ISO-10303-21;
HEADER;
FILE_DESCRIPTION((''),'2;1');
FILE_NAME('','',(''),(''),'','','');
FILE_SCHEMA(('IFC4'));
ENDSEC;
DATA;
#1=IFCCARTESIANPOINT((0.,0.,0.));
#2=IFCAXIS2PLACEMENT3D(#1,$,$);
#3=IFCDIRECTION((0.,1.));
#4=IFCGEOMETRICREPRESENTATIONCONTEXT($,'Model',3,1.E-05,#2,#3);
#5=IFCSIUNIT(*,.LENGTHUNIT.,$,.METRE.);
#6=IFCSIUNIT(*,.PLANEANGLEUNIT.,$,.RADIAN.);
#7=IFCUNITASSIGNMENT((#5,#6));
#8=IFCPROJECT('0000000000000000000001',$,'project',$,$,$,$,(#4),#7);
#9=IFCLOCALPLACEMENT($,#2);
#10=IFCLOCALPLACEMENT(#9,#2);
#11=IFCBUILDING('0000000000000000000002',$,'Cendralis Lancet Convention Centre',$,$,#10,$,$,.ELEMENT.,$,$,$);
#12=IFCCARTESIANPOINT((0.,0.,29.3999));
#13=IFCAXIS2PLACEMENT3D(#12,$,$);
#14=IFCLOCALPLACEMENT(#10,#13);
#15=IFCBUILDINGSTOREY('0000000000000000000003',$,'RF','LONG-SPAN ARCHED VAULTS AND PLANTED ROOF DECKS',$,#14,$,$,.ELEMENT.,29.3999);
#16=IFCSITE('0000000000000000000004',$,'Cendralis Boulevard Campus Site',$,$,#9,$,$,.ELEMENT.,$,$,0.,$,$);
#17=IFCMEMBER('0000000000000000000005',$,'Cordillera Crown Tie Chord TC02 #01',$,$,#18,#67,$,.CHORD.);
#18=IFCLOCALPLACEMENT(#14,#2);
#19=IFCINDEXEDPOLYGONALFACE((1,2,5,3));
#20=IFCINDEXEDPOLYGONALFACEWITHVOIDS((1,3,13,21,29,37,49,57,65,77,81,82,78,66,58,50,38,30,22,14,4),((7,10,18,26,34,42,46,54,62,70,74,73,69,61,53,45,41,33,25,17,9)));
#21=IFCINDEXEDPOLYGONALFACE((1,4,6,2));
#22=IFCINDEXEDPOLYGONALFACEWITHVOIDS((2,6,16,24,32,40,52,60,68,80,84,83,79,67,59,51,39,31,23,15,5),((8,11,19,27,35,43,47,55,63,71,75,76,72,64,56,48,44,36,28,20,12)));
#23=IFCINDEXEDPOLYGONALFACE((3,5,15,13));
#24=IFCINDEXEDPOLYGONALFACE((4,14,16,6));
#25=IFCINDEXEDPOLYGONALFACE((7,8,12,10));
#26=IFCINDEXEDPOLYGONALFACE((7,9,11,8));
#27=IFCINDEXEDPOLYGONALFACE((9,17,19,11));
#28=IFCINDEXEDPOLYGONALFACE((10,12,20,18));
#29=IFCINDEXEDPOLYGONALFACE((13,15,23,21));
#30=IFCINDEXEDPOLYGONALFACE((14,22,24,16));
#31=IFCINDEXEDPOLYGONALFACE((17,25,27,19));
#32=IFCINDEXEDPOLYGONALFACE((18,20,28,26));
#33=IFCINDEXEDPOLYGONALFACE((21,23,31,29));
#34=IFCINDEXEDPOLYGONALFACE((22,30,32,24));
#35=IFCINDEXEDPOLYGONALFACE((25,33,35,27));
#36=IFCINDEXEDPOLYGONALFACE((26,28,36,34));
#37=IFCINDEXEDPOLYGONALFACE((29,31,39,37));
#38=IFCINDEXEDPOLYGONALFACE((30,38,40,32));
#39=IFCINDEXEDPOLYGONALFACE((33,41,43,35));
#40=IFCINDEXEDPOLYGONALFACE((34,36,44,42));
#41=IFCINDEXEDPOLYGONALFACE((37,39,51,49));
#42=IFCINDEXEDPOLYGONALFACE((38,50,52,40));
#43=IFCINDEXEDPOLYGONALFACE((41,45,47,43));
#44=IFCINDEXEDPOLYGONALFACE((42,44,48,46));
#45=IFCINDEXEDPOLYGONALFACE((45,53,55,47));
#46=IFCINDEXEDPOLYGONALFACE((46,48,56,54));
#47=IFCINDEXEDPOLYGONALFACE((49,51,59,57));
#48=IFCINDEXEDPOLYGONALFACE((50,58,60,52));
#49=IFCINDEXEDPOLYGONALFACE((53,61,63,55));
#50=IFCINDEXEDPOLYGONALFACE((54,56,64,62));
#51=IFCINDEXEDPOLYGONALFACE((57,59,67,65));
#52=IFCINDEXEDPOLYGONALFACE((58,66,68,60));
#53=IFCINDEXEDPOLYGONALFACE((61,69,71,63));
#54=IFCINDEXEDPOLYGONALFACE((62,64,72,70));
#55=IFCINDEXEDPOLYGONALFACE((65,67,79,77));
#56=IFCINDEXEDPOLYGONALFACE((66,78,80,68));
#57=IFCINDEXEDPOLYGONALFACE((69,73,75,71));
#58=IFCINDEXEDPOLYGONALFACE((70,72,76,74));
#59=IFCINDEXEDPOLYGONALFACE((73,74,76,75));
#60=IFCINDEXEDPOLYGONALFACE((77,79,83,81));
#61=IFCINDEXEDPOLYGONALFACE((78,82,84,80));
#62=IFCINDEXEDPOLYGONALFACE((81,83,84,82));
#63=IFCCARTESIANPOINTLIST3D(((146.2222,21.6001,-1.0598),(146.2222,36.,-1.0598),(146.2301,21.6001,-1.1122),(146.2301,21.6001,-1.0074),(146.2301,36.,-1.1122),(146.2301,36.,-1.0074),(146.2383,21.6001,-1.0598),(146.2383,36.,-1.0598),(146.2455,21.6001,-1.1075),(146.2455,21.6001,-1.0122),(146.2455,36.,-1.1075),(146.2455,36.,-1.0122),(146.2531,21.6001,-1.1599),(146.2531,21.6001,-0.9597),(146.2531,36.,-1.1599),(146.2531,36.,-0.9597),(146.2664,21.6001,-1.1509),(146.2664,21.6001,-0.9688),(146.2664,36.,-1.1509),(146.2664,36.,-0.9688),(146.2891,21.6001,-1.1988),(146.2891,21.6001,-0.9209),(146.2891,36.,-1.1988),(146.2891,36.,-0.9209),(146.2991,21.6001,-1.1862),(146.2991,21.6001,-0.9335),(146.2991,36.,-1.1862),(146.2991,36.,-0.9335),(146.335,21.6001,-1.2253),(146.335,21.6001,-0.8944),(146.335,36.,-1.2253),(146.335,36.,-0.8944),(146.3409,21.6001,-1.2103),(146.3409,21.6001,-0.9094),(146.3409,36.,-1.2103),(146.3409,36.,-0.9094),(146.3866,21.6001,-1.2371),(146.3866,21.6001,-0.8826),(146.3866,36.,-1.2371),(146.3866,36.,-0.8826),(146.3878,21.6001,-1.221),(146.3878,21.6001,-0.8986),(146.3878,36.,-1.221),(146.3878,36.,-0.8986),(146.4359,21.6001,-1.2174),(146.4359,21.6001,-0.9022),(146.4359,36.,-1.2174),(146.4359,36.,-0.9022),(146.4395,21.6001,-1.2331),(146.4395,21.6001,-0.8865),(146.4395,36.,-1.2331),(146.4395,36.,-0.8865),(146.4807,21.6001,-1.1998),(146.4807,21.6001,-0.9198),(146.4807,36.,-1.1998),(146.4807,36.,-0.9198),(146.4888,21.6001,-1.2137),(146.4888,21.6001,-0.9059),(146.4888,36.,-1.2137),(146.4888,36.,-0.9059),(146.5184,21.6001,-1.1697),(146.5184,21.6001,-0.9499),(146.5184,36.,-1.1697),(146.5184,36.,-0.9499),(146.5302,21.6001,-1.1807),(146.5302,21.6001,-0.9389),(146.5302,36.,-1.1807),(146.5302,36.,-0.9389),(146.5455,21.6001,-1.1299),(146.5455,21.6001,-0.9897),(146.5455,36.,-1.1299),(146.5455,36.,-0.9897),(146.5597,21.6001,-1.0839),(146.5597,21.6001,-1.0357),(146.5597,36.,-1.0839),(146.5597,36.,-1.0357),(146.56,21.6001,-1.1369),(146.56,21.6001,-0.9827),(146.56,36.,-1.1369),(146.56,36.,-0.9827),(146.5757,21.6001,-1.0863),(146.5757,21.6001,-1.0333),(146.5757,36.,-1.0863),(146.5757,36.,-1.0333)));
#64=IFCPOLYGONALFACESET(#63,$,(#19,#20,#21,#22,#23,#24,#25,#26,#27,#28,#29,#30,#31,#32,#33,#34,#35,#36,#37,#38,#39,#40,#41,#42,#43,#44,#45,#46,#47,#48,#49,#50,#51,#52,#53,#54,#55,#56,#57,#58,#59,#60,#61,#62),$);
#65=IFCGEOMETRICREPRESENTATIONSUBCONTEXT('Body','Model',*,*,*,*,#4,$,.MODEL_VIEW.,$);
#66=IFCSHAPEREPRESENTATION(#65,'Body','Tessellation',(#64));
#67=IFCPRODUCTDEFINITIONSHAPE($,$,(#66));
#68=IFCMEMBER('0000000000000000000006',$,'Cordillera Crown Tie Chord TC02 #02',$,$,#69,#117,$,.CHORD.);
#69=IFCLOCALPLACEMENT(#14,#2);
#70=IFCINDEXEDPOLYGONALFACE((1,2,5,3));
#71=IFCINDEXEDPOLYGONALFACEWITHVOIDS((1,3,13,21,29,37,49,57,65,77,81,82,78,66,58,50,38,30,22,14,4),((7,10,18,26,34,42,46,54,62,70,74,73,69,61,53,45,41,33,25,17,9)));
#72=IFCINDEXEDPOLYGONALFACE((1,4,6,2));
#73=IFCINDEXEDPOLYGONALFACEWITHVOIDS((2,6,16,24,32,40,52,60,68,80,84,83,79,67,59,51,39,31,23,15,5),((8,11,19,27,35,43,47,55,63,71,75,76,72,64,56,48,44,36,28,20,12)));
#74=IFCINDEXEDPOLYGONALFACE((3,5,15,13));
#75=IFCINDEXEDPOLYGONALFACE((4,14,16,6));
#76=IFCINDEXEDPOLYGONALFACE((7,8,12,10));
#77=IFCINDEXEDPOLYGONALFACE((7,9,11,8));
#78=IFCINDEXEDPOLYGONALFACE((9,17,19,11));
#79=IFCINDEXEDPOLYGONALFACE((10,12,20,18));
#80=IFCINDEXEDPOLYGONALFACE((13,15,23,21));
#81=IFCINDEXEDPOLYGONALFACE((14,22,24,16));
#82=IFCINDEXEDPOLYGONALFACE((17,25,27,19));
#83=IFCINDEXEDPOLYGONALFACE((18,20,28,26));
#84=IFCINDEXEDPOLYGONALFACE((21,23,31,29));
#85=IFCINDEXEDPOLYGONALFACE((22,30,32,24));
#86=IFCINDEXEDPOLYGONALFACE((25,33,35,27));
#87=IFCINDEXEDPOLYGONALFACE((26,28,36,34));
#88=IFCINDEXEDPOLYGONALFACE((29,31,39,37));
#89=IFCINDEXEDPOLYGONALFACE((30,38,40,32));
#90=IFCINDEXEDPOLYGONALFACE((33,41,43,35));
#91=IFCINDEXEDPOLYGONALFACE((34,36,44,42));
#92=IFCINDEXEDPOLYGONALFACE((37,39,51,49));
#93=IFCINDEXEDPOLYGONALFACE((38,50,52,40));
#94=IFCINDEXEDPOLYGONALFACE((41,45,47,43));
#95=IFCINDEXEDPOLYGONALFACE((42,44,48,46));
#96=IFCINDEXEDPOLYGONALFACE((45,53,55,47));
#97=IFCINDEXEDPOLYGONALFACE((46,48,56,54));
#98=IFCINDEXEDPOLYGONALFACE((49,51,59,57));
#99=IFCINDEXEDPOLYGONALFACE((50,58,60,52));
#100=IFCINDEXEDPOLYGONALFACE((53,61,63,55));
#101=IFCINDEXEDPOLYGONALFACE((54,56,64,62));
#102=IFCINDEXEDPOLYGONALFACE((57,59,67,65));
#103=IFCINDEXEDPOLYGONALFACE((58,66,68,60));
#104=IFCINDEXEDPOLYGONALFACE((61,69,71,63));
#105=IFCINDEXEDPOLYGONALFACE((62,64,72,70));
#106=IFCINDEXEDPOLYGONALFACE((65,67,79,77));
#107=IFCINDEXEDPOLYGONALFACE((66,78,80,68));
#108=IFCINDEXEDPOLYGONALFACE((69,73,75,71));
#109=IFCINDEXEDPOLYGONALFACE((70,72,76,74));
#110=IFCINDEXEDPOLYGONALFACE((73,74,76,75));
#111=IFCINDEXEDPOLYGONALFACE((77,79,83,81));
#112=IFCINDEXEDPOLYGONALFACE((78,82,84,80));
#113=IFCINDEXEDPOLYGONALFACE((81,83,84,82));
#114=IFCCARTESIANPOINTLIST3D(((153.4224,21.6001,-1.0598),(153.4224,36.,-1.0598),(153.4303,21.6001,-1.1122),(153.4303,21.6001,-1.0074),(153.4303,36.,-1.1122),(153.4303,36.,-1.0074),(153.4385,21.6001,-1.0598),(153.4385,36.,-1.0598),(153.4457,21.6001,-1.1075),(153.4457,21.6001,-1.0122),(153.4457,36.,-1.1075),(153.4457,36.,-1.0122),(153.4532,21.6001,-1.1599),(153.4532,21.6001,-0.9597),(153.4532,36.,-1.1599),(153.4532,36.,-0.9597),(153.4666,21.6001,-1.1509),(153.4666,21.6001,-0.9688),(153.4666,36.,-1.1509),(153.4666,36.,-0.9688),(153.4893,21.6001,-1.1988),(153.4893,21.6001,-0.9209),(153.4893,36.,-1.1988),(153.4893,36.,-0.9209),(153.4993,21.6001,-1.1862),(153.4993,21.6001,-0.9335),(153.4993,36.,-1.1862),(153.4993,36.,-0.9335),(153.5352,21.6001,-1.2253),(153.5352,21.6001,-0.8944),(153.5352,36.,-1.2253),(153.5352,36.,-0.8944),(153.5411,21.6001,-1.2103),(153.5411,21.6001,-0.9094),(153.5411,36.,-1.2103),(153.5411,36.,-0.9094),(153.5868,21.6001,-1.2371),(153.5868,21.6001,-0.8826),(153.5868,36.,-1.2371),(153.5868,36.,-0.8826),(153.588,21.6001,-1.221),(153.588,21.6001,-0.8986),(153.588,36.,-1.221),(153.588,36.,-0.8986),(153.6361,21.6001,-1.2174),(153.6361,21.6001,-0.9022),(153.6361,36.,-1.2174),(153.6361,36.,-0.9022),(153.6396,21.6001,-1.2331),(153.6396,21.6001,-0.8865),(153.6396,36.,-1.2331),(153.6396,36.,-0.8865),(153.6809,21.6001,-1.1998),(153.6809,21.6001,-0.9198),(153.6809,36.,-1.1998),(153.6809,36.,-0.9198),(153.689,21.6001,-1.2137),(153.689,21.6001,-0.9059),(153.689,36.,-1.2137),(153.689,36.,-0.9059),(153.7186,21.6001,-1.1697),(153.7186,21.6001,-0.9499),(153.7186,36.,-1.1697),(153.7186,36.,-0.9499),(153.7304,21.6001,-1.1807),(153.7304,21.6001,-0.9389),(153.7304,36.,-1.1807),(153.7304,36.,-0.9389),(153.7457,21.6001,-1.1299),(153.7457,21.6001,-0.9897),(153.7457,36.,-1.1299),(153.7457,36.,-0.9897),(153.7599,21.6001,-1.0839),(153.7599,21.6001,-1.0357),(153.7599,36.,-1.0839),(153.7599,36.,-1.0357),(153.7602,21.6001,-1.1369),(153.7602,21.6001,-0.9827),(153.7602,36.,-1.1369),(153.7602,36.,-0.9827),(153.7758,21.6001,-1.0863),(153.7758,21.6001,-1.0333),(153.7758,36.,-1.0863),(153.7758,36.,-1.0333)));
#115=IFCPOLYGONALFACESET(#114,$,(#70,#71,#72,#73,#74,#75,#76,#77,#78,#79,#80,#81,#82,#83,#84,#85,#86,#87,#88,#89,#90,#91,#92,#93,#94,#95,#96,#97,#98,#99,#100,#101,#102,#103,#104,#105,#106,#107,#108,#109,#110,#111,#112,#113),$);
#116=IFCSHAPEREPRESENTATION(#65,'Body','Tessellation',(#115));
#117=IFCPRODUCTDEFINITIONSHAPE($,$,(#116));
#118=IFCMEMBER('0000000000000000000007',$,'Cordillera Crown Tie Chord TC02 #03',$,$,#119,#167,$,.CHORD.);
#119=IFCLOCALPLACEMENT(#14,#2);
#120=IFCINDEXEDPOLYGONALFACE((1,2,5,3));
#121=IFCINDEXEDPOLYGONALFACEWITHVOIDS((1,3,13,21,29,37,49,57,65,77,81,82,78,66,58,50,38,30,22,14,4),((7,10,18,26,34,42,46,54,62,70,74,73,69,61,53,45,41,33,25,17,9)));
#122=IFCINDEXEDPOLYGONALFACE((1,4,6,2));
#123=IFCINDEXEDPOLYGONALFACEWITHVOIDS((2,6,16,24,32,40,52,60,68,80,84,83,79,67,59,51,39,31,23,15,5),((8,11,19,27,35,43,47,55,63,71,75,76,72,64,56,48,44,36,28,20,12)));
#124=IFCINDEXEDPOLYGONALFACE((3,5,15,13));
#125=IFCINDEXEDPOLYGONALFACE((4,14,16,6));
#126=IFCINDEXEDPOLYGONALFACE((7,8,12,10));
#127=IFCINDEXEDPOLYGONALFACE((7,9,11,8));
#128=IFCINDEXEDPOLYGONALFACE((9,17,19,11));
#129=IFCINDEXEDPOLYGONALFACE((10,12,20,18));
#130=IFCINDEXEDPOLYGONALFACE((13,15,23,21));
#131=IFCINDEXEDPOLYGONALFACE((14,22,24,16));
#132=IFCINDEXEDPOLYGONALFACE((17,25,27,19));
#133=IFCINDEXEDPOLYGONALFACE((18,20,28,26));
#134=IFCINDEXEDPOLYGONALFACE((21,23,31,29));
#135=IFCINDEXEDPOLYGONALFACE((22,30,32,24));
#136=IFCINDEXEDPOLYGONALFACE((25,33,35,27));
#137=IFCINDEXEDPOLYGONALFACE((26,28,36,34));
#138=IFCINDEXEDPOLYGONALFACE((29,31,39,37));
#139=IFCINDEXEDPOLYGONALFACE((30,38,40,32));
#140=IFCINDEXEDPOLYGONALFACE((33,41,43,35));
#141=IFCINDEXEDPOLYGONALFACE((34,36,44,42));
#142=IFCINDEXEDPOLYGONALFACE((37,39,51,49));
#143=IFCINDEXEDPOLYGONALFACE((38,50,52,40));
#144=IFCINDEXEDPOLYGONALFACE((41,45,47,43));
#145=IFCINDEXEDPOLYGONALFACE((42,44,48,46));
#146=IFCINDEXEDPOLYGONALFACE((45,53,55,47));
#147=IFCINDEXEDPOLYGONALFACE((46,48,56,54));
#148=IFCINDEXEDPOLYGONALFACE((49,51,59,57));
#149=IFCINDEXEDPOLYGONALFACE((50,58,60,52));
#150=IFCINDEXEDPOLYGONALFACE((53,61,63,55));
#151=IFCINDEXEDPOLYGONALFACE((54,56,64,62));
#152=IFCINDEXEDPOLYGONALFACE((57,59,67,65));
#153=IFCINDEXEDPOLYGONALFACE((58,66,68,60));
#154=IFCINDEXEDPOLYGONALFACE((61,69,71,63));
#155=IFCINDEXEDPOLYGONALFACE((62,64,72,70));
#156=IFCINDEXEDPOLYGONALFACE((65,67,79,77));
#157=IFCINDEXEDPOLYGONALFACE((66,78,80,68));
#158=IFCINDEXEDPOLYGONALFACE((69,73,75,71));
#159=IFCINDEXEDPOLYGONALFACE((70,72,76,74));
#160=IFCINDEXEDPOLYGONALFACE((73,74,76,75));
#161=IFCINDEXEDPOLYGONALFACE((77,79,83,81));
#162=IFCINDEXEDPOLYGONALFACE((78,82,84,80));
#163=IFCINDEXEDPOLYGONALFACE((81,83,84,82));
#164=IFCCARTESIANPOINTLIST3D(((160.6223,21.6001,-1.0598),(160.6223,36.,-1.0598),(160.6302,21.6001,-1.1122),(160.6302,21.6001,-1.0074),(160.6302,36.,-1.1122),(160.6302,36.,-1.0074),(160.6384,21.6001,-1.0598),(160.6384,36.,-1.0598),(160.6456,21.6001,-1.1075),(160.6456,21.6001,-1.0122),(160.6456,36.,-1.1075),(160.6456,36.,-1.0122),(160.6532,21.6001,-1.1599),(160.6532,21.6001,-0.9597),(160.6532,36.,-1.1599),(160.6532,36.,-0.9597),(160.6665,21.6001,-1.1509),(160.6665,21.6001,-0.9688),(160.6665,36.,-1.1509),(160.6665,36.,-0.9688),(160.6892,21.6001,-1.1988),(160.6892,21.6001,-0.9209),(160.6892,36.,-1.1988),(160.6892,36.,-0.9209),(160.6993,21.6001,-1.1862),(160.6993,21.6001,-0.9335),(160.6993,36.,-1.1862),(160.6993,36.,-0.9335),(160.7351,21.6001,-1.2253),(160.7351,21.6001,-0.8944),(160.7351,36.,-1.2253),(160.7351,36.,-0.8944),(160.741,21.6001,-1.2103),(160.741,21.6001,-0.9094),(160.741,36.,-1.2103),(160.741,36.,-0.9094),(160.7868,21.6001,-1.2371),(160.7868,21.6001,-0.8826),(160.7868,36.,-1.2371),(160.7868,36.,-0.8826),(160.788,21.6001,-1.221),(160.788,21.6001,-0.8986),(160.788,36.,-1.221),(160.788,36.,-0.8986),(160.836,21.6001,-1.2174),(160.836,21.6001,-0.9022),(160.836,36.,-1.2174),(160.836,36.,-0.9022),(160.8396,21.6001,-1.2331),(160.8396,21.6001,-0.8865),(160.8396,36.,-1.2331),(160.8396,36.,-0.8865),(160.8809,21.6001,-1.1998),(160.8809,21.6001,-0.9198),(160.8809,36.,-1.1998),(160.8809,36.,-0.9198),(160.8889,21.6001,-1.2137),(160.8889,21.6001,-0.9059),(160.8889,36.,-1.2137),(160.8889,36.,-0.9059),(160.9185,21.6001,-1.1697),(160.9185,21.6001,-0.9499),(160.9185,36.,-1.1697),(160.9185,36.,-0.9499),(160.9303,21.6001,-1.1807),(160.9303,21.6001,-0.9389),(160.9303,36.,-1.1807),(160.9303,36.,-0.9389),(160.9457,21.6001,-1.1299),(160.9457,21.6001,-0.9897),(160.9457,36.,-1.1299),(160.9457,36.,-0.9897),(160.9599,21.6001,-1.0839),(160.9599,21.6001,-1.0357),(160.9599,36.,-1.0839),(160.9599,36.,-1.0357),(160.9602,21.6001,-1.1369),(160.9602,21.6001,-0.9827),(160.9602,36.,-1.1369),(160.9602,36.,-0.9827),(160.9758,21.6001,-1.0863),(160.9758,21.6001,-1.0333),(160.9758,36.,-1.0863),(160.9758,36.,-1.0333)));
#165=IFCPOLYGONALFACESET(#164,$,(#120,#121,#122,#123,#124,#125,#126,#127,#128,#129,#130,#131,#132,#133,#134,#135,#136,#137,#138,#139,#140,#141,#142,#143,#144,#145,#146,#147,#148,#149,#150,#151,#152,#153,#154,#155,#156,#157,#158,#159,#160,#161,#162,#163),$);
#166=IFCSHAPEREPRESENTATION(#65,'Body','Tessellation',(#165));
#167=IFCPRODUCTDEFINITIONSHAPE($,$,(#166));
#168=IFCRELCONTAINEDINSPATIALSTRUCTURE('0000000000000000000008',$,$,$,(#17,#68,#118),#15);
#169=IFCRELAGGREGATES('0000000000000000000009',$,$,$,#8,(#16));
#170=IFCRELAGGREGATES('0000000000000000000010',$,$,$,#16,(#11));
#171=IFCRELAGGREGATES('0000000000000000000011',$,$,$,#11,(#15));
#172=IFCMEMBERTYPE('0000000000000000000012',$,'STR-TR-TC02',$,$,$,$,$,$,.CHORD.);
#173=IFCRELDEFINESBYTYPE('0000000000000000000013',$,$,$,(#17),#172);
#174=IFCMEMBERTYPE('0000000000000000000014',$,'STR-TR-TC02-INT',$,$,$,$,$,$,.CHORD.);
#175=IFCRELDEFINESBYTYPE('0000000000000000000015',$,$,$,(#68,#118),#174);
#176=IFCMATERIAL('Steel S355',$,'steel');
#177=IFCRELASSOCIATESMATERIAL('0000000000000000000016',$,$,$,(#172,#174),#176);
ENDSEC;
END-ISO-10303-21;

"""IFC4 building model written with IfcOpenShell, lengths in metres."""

from ifc_helpers import new_model, si_unit, direction, frame, origin, origin_2d, place, context, subcontext, project, spatial, hollow_circle, extrude, material, material_profile, profile_set, type_object, element, save


model = new_model("IFC4")

# Units and contexts
model_context = context("Model", 3, precision=1e-05, world=origin(), true_north=direction((0.0, 1.0)))
body_context = subcontext(model_context, "Body", "Model", "MODEL_VIEW")
ifc_project = project(units=[si_unit("LENGTHUNIT", "METRE"), si_unit("PLANEANGLEUNIT", "RADIAN")], contexts=[model_context])

# Site, building, storey
site_placement = place(None, origin())
site = spatial("IfcSite", under=ifc_project, at=site_placement, Name="Cendralis Boulevard Campus Site", CompositionType="ELEMENT", RefElevation=0.0)
building_placement = place(site_placement, origin())
building = spatial("IfcBuilding", under=site, at=building_placement, Name="Cendralis Lancet Convention Centre", CompositionType="ELEMENT")
storey_placement = place(building_placement, frame((0.0, 0.0, 29.3999)))
storey = spatial("IfcBuildingStorey", under=building, at=storey_placement, Name="RF", Description="LONG-SPAN ARCHED VAULTS AND PLANTED ROOF DECKS", CompositionType="ELEMENT", Elevation=29.3999)

# Shared definitions
ifc_material_1 = material(Name="Steel S355", Category="steel")

# Members
ifc_material_profile_1 = material_profile(ifc_material_1, hollow_circle(Radius=0.1777, WallThickness=0.0161, at=origin_2d()), Name="CHS 355.6x16.0")
ifc_profile_set_1 = profile_set([ifc_material_profile_1], Name="Steel S355")
member_type_1 = type_object("IfcMemberType", Name="STR-TR-TC02", PredefinedType="CHORD", material=ifc_profile_set_1)
member_1_placement = place(storey_placement, frame((146.3999, 21.6001, -1.0598), z_axis=(0.0, 1.0, 0.0), x_axis=(-1.0, 0.0, 0.0)))
element("IfcMember", 1, at=member_1_placement, inside=storey, type_object=member_type_1, Name="Cordillera Crown Tie Chord TC02 #01", PredefinedType="CHORD", context=body_context, shape_type="SweptSolid", body=[
    extrude(hollow_circle(Radius=0.1777, WallThickness=0.0161, at=origin_2d()), origin(), (0.0, 0.0, 1.0), 14.3999),
])
ifc_material_profile_2 = material_profile(ifc_material_1, hollow_circle(Radius=0.1777, WallThickness=0.0161, at=origin_2d()), Name="CHS 355.6x16.0")
ifc_profile_set_2 = profile_set([ifc_material_profile_2], Name="Steel S355")
member_type_2 = type_object("IfcMemberType", Name="STR-TR-TC02-INT", PredefinedType="CHORD", material=ifc_profile_set_2)
for number, where, z_axis, x_axis, name in (
    (2, (153.6001, 21.6001, -1.0598), (0.0, 1.0, 0.0), (-1.0, 0.0, 0.0), "Cordillera Crown Tie Chord TC02 #02"),
    (3, (160.8, 21.6001, -1.0598), (0.0, 1.0, 0.0), (-1.0, 0.0, 0.0), "Cordillera Crown Tie Chord TC02 #03"),
):
    element("IfcMember", number, at=place(storey_placement, frame(where, z_axis=z_axis, x_axis=x_axis)), inside=storey, type_object=member_type_2, Name=name, PredefinedType="CHORD", context=body_context, shape_type="SweptSolid", body=[
        extrude(hollow_circle(Radius=0.1777, WallThickness=0.0161, at=origin_2d()), origin(), (0.0, 0.0, 1.0), 14.3999),
    ])

save(model, "model.ifc")
